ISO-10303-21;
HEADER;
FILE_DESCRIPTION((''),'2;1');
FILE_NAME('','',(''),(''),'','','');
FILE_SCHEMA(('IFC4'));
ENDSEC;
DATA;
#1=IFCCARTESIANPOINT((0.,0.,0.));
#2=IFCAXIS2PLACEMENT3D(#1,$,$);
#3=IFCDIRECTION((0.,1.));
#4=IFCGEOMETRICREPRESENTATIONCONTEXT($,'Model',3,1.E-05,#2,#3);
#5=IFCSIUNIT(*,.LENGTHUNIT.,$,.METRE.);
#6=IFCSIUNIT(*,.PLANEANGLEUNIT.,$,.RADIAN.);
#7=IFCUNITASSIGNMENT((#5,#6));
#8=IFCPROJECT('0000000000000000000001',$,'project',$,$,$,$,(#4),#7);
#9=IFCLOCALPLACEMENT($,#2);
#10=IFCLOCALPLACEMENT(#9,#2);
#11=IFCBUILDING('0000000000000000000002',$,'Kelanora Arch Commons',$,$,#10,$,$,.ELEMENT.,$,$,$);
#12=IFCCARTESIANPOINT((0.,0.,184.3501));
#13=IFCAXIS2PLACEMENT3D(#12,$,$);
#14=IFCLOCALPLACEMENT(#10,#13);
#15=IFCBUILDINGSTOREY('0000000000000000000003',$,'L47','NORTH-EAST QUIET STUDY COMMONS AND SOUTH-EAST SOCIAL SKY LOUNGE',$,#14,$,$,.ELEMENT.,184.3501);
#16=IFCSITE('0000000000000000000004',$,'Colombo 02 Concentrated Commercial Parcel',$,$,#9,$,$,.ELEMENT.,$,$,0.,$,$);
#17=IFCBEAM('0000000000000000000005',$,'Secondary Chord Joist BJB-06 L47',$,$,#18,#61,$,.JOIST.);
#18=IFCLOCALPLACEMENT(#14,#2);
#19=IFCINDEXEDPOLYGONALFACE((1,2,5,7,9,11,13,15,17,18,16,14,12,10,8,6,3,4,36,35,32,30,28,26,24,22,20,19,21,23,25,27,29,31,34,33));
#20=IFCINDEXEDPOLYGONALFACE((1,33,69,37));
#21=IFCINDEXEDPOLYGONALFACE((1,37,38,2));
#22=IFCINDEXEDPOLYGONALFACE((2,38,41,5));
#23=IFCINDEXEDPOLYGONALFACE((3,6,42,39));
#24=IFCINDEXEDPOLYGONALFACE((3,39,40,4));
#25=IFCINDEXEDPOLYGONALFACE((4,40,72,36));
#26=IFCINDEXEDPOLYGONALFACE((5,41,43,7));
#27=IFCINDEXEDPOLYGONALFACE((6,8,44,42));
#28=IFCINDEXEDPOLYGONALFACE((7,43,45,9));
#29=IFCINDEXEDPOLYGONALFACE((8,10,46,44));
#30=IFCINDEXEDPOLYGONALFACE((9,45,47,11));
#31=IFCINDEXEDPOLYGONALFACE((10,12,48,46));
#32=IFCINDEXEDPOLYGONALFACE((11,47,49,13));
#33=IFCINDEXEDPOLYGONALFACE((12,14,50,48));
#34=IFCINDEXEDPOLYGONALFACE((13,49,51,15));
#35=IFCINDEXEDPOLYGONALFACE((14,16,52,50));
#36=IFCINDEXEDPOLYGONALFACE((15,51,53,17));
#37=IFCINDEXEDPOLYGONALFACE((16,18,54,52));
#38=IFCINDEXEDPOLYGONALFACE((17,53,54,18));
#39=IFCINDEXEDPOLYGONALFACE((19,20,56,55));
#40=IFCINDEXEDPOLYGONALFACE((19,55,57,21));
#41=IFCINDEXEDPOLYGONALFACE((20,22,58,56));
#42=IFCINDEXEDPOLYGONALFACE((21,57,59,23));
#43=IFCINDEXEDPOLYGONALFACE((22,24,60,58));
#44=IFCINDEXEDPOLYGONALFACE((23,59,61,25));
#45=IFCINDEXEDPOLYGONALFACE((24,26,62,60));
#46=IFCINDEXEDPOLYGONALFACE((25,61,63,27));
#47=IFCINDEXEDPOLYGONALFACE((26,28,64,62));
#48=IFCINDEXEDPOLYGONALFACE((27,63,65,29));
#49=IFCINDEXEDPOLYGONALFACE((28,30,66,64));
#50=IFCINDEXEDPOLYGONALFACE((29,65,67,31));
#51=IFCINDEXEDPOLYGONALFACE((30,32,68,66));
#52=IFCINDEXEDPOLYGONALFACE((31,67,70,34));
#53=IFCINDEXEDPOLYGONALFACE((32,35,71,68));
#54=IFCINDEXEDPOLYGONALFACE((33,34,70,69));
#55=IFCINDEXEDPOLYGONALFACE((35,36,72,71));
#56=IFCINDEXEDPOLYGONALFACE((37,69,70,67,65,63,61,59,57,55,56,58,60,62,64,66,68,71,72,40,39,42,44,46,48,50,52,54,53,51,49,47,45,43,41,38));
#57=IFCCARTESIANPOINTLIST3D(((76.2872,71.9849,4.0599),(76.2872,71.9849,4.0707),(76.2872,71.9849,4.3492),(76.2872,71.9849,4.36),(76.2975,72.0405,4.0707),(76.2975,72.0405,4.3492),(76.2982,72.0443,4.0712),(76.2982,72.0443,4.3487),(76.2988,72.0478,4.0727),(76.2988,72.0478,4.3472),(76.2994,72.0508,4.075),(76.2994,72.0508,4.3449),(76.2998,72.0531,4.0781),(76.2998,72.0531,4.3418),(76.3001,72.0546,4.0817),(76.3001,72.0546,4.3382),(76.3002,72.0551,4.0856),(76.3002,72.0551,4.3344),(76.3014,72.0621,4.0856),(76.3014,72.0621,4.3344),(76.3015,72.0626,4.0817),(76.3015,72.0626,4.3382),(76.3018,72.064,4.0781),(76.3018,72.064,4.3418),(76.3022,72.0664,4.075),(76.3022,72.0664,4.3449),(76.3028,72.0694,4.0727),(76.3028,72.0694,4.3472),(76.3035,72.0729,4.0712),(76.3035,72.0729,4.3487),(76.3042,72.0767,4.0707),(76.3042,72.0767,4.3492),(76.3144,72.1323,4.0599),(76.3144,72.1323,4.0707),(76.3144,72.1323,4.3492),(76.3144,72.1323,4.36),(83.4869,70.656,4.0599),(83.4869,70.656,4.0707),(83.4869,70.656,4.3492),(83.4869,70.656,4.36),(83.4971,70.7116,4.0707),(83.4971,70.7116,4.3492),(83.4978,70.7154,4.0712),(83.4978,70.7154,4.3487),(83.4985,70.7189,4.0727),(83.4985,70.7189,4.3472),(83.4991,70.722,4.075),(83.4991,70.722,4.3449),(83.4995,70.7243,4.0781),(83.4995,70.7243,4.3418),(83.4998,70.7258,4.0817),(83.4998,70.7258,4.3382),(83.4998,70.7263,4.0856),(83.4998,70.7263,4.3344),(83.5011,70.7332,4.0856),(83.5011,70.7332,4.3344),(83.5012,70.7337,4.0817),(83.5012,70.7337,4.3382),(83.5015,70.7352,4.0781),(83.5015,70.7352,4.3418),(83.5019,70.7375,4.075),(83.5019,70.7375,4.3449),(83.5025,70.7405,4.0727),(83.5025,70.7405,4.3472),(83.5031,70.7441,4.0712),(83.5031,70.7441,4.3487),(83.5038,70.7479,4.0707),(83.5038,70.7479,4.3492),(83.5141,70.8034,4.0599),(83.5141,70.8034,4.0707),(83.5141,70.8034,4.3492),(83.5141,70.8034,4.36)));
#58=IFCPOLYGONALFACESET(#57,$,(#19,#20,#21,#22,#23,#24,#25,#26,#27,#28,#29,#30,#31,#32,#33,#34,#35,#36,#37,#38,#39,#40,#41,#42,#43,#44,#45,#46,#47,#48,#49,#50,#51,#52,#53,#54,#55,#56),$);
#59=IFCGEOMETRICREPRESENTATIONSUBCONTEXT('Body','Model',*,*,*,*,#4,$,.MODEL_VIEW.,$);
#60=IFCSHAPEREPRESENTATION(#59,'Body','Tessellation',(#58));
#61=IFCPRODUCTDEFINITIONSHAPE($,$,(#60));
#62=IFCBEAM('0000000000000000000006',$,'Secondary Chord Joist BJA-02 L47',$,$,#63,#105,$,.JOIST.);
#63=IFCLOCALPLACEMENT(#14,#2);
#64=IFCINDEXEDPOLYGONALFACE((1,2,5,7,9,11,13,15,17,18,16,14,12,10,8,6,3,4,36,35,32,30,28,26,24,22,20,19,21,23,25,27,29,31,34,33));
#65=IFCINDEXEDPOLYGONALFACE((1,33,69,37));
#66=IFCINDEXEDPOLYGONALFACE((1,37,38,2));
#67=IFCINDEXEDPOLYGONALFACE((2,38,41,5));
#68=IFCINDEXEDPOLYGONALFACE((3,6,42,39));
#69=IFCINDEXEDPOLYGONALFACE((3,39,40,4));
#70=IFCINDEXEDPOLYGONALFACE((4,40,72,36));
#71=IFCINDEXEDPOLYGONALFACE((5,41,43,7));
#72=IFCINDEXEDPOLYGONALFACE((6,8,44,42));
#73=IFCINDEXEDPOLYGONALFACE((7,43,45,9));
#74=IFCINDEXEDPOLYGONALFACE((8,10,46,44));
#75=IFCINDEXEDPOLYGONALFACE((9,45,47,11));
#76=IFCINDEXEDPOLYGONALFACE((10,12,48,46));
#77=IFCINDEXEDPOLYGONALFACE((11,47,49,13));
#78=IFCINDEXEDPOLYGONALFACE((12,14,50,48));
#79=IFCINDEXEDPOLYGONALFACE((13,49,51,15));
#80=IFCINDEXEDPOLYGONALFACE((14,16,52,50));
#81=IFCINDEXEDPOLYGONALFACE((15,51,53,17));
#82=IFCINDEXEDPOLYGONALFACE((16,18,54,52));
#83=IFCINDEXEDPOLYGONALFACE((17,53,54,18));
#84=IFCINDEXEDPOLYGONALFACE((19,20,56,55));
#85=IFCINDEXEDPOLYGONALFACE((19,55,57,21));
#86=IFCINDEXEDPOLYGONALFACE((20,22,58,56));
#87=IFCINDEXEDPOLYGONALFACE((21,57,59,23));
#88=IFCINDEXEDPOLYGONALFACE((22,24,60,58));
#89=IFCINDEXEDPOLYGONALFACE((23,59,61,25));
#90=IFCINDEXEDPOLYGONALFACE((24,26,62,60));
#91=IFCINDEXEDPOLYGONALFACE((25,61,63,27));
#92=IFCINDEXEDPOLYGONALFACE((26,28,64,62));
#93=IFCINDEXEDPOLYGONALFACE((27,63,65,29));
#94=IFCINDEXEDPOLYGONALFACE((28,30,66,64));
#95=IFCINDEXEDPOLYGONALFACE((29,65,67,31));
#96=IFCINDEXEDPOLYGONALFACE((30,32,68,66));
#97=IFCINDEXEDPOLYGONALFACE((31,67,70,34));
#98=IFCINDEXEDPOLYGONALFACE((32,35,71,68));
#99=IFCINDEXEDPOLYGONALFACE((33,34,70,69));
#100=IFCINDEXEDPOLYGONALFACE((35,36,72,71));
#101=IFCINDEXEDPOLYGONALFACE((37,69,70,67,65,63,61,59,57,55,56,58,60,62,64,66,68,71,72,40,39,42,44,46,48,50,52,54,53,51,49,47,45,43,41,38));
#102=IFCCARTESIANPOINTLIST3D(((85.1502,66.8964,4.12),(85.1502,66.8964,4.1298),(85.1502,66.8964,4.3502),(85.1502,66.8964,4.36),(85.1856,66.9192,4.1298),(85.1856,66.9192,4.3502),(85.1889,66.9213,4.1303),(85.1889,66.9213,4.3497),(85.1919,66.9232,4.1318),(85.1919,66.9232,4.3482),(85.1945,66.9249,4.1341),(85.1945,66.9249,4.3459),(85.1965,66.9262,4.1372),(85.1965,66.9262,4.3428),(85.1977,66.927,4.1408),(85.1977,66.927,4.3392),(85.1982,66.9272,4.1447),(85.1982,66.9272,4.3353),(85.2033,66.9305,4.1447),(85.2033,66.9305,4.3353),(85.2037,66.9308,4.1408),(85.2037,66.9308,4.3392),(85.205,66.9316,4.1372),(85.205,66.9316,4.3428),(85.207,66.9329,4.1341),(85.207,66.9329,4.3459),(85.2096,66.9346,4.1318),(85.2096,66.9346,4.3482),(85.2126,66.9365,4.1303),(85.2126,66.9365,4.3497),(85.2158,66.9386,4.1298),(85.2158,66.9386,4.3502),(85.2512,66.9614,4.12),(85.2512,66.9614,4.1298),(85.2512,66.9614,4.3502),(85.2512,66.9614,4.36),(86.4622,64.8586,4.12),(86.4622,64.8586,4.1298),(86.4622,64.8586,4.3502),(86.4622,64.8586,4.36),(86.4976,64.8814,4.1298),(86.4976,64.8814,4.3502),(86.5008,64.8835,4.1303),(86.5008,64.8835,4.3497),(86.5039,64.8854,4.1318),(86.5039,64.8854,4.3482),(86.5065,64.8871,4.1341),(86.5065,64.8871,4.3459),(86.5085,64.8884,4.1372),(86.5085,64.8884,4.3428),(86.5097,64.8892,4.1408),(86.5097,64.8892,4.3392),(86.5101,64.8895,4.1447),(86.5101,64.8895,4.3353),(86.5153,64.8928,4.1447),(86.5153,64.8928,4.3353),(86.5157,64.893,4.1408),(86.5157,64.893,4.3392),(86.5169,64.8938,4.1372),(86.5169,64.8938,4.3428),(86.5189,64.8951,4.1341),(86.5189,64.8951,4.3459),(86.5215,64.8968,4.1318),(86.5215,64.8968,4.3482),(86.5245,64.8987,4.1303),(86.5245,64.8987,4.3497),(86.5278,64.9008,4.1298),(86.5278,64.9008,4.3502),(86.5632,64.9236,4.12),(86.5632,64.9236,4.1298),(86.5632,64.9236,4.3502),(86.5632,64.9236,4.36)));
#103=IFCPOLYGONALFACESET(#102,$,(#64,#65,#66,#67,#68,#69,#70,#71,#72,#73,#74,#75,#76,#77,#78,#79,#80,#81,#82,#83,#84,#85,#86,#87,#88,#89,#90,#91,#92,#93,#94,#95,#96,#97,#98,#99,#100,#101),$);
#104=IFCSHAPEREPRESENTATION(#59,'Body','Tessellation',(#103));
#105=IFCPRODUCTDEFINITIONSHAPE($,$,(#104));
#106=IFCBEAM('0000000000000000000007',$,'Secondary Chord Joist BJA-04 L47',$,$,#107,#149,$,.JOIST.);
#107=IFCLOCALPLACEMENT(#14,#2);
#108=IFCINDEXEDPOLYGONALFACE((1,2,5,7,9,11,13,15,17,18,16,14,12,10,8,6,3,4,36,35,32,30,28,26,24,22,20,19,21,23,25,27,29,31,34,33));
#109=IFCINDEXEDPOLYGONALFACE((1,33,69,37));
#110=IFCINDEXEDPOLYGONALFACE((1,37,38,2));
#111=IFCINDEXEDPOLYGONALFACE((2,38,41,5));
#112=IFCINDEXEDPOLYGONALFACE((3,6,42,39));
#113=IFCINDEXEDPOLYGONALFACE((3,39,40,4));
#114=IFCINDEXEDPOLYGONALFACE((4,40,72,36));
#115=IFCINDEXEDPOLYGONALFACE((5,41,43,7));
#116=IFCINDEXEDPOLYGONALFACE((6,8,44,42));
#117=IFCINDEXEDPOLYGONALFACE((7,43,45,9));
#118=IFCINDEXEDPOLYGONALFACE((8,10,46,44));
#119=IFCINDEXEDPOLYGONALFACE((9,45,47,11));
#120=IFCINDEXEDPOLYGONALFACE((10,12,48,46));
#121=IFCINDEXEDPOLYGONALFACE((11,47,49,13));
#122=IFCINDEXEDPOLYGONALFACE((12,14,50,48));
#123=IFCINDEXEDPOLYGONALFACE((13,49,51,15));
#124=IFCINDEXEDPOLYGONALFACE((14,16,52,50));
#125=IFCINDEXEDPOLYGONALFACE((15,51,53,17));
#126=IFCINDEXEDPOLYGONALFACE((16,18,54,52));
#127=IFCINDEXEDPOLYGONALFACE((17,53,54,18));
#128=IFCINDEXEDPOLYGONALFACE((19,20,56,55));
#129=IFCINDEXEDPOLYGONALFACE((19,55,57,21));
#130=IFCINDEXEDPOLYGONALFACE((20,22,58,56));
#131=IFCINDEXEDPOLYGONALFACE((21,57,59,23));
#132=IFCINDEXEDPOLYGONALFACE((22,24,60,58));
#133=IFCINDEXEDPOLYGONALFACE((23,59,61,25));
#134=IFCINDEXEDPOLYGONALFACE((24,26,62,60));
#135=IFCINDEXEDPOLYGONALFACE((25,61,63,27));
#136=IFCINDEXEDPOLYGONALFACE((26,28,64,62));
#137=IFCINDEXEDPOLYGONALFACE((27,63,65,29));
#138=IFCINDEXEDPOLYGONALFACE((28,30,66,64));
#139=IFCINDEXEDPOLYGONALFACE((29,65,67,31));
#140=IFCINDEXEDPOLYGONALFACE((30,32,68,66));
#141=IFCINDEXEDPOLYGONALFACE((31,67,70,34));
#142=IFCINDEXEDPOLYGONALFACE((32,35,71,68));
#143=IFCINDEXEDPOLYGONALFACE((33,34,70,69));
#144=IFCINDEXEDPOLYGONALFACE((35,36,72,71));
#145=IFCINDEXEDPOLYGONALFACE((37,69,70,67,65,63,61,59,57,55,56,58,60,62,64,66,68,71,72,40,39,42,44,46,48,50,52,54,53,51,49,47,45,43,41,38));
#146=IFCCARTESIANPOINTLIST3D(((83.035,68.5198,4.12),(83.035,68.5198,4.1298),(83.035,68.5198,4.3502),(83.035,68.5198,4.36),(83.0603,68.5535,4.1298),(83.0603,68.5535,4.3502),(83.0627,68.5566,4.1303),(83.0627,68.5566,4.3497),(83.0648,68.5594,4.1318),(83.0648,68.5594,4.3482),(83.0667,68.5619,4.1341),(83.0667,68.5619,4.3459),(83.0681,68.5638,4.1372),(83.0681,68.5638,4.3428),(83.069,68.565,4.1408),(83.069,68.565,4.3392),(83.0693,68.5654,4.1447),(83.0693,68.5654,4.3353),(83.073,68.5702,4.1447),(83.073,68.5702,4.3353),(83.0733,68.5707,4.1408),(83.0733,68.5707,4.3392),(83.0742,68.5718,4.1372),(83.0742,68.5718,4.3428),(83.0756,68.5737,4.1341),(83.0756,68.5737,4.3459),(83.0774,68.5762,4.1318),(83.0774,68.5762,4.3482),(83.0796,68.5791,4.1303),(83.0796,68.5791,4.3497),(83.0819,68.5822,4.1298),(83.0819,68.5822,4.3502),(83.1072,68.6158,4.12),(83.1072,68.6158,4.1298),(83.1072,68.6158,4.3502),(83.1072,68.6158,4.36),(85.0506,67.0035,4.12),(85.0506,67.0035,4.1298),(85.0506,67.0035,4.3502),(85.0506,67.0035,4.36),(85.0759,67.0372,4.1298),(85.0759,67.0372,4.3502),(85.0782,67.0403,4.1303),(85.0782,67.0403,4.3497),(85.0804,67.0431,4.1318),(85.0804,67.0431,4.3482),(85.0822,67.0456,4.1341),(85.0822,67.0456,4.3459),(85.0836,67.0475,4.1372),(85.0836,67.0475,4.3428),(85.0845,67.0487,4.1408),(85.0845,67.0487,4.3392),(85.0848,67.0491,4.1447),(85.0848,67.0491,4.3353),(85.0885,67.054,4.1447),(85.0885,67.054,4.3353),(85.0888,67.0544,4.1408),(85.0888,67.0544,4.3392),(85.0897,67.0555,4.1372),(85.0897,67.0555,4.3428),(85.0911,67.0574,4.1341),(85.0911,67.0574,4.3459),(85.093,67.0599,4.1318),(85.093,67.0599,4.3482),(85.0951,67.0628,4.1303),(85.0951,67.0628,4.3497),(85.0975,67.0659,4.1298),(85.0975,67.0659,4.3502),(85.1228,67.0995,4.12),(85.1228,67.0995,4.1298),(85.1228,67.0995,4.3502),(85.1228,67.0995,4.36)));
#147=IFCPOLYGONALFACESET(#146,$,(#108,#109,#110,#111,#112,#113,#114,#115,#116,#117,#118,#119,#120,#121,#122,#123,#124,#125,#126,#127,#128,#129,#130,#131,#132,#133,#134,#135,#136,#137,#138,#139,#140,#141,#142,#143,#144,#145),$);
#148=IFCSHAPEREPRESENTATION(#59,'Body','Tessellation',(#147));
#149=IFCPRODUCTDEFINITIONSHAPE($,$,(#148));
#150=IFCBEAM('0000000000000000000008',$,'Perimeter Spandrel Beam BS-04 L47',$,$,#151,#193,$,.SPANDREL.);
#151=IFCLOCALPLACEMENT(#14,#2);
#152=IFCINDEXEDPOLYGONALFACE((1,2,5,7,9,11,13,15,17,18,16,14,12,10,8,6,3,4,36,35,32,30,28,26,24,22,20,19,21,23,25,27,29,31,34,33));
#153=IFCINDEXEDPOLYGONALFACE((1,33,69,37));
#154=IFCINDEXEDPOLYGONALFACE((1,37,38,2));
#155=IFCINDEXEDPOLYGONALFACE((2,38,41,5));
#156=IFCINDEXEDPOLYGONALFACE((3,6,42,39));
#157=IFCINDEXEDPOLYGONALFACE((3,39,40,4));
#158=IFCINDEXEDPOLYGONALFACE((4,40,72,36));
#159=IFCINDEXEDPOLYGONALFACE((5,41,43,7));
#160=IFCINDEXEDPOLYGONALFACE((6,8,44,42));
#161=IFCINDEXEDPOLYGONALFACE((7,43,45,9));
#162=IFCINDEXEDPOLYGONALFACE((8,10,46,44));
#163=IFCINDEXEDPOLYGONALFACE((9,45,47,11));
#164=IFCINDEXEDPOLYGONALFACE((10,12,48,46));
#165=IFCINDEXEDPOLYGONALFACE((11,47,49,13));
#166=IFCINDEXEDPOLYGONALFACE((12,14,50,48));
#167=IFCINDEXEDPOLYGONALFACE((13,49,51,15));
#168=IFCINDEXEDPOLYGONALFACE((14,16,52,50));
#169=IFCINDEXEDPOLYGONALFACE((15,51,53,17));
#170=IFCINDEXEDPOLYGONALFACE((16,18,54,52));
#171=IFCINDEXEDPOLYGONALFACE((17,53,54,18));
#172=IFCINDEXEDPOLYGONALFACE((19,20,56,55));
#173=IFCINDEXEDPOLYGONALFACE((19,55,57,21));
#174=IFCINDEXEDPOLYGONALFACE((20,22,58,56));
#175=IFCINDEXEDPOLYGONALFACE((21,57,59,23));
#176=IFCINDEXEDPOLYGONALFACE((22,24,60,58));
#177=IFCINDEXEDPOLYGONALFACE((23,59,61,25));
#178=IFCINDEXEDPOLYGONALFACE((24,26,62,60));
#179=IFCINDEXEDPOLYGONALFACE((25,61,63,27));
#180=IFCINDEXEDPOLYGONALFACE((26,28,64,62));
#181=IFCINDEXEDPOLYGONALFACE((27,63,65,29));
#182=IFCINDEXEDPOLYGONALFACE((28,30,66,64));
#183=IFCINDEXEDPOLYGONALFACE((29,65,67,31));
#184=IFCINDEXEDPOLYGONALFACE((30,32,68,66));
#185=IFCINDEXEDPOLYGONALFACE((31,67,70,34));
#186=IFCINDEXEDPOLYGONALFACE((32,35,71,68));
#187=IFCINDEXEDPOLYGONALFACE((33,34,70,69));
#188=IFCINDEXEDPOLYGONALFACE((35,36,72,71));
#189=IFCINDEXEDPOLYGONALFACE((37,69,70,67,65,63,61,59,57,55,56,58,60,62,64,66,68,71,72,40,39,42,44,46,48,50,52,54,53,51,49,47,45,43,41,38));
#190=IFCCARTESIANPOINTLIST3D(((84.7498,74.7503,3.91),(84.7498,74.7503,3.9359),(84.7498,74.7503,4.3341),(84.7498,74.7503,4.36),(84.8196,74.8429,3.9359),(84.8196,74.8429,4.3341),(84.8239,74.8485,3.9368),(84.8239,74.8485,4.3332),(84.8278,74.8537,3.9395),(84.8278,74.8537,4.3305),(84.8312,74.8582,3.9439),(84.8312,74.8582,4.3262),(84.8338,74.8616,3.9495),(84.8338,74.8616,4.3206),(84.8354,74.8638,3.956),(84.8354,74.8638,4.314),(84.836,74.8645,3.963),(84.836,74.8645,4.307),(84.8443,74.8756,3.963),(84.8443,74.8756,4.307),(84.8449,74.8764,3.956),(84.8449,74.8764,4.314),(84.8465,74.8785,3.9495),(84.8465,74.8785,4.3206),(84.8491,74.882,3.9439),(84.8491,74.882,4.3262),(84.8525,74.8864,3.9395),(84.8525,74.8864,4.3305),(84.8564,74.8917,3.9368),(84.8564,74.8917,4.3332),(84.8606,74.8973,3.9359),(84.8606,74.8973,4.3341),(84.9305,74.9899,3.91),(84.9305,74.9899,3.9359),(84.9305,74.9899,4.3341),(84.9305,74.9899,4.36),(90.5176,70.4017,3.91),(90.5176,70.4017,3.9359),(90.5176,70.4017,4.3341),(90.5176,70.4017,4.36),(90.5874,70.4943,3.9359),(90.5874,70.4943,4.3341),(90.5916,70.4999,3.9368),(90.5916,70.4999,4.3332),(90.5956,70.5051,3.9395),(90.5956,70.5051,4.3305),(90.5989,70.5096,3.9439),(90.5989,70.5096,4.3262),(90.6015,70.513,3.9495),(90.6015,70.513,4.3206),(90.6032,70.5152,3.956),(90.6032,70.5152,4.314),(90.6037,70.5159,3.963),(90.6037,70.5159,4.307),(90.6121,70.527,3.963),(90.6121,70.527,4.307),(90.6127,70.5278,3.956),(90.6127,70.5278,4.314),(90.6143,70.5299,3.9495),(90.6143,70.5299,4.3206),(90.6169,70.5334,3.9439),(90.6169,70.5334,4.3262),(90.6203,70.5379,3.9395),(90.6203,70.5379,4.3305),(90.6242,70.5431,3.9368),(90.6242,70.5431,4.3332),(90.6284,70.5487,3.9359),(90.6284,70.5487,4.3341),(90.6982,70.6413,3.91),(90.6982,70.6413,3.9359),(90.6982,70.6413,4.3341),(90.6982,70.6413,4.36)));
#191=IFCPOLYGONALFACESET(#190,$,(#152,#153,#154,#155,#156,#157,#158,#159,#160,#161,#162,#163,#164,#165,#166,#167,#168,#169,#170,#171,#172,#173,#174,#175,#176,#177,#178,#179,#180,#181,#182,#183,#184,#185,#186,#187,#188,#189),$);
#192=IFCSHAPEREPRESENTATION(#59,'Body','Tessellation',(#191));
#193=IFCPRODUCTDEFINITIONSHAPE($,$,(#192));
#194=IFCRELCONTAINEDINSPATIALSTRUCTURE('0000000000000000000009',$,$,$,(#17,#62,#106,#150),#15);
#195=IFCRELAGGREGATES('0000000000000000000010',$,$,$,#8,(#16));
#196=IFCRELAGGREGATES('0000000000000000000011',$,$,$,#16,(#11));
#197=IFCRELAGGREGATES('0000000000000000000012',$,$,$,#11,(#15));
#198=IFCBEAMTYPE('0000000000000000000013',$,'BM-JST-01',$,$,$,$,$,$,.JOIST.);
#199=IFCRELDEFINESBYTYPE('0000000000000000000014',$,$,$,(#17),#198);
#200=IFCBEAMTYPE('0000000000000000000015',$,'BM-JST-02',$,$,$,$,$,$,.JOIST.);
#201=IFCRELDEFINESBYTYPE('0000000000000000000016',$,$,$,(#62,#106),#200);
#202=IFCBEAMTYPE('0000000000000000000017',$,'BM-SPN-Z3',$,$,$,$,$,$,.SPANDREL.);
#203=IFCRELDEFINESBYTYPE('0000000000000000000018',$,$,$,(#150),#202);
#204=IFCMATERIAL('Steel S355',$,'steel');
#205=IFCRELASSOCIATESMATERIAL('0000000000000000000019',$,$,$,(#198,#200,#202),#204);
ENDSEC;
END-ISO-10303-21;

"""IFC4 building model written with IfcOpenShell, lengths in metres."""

from ifc_helpers import new_model, si_unit, direction, frame, origin, origin_2d, place, context, subcontext, project, spatial, i_section, extrude, material, material_profile, profile_set, type_object, element, save


model = new_model("IFC4")

# Units and contexts
model_context = context("Model", 3, precision=1e-05, world=origin(), true_north=direction((0.0, 1.0)))
body_context = subcontext(model_context, "Body", "Model", "MODEL_VIEW")
ifc_project = project(units=[si_unit("LENGTHUNIT", "METRE"), si_unit("PLANEANGLEUNIT", "RADIAN")], contexts=[model_context])

# Site, building, storey
site_placement = place(None, origin())
site = spatial("IfcSite", under=ifc_project, at=site_placement, Name="Colombo 02 Concentrated Commercial Parcel", CompositionType="ELEMENT", RefElevation=0.0)
building_placement = place(site_placement, origin())
building = spatial("IfcBuilding", under=site, at=building_placement, Name="Kelanora Arch Commons", CompositionType="ELEMENT")
storey_placement = place(building_placement, frame((0.0, 0.0, 184.3501)))
storey = spatial("IfcBuildingStorey", under=building, at=storey_placement, Name="L47", Description="NORTH-EAST QUIET STUDY COMMONS AND SOUTH-EAST SOCIAL SKY LOUNGE", CompositionType="ELEMENT", Elevation=184.3501)

# Beams
ifc_material_1 = material(Name="Steel S355", Category="steel")
ifc_material_profile_1 = material_profile(ifc_material_1, i_section(OverallWidth=0.1499, OverallDepth=0.3, WebThickness=0.0071, FlangeThickness=0.0107, FilletRadius=0.0149, at=origin_2d()), Name="IPE300")
ifc_profile_set_1 = profile_set([ifc_material_profile_1], Name="Steel S355")
beam_type_1 = type_object("IfcBeamType", Name="BM-JST-01", PredefinedType="JOIST", material=ifc_profile_set_1)
beam_1_placement = place(storey_placement, frame((83.5005, 70.7297, 4.21), z_axis=(-0.98339, 0.181505, 0.0), x_axis=(-0.181505, -0.98339, 0.0)))
element("IfcBeam", 1, at=beam_1_placement, inside=storey, type_object=beam_type_1, Name="Secondary Chord Joist BJB-06 L47", PredefinedType="JOIST", context=body_context, shape_type="SweptSolid", body=[
    extrude(i_section(OverallWidth=0.1499, OverallDepth=0.3, WebThickness=0.0071, FlangeThickness=0.0107, FilletRadius=0.0149, at=origin_2d()), origin(), (0.0, 0.0, 1.0), 7.3213),
])
ifc_material_profile_2 = material_profile(ifc_material_1, i_section(OverallWidth=0.1201, OverallDepth=0.24, WebThickness=0.0061, FlangeThickness=0.0098, FilletRadius=0.0149, at=origin_2d()), Name="IPE240")
ifc_profile_set_2 = profile_set([ifc_material_profile_2], Name="Steel S355")
beam_type_2 = type_object("IfcBeamType", Name="BM-JST-02", PredefinedType="JOIST", material=ifc_profile_set_2)
beam_2_placement = place(storey_placement, frame((86.5127, 64.8911, 4.24), z_axis=(-0.541333, 0.840808, 0.0), x_axis=(-0.840808, -0.541333, 0.0)))
element("IfcBeam", 2, at=beam_2_placement, inside=storey, type_object=beam_type_2, Name="Secondary Chord Joist BJA-02 L47", PredefinedType="JOIST", context=body_context, shape_type="SweptSolid", body=[
    extrude(i_section(OverallWidth=0.1201, OverallDepth=0.24, WebThickness=0.0061, FlangeThickness=0.0098, FilletRadius=0.0149, at=origin_2d()), origin(), (0.0, 0.0, 1.0), 2.4236),
])
beam_3_placement = place(storey_placement, frame((85.0867, 67.0515, 4.24), z_axis=(-0.799116, 0.601176, 0.0), x_axis=(-0.601176, -0.799116, 0.0)))
element("IfcBeam", 3, at=beam_3_placement, inside=storey, type_object=beam_type_2, Name="Secondary Chord Joist BJA-04 L47", PredefinedType="JOIST", context=body_context, shape_type="SweptSolid", body=[
    extrude(i_section(OverallWidth=0.1201, OverallDepth=0.24, WebThickness=0.0061, FlangeThickness=0.0098, FilletRadius=0.0149, at=origin_2d()), origin(), (0.0, 0.0, 1.0), 2.5222),
])
ifc_material_profile_3 = material_profile(ifc_material_1, i_section(OverallWidth=0.3, OverallDepth=0.45, WebThickness=0.0139, FlangeThickness=0.0259, FilletRadius=0.0271, at=origin_2d()), Name="HEB450")
ifc_profile_set_3 = profile_set([ifc_material_profile_3], Name="Steel S355")
beam_type_3 = type_object("IfcBeamType", Name="BM-SPN-Z3", PredefinedType="SPANDREL", material=ifc_profile_set_3)
beam_4_placement = place(storey_placement, frame((90.6079, 70.5215, 4.135), z_axis=(-0.798485, 0.602015, 0.0), x_axis=(-0.602015, -0.798485, 0.0)))
element("IfcBeam", 4, at=beam_4_placement, inside=storey, type_object=beam_type_3, Name="Perimeter Spandrel Beam BS-04 L47", PredefinedType="SPANDREL", context=body_context, shape_type="SweptSolid", body=[
    extrude(i_section(OverallWidth=0.3, OverallDepth=0.45, WebThickness=0.0139, FlangeThickness=0.0259, FilletRadius=0.0271, at=origin_2d()), origin(), (0.0, 0.0, 1.0), 7.2234),
])

save(model, "model.ifc")
